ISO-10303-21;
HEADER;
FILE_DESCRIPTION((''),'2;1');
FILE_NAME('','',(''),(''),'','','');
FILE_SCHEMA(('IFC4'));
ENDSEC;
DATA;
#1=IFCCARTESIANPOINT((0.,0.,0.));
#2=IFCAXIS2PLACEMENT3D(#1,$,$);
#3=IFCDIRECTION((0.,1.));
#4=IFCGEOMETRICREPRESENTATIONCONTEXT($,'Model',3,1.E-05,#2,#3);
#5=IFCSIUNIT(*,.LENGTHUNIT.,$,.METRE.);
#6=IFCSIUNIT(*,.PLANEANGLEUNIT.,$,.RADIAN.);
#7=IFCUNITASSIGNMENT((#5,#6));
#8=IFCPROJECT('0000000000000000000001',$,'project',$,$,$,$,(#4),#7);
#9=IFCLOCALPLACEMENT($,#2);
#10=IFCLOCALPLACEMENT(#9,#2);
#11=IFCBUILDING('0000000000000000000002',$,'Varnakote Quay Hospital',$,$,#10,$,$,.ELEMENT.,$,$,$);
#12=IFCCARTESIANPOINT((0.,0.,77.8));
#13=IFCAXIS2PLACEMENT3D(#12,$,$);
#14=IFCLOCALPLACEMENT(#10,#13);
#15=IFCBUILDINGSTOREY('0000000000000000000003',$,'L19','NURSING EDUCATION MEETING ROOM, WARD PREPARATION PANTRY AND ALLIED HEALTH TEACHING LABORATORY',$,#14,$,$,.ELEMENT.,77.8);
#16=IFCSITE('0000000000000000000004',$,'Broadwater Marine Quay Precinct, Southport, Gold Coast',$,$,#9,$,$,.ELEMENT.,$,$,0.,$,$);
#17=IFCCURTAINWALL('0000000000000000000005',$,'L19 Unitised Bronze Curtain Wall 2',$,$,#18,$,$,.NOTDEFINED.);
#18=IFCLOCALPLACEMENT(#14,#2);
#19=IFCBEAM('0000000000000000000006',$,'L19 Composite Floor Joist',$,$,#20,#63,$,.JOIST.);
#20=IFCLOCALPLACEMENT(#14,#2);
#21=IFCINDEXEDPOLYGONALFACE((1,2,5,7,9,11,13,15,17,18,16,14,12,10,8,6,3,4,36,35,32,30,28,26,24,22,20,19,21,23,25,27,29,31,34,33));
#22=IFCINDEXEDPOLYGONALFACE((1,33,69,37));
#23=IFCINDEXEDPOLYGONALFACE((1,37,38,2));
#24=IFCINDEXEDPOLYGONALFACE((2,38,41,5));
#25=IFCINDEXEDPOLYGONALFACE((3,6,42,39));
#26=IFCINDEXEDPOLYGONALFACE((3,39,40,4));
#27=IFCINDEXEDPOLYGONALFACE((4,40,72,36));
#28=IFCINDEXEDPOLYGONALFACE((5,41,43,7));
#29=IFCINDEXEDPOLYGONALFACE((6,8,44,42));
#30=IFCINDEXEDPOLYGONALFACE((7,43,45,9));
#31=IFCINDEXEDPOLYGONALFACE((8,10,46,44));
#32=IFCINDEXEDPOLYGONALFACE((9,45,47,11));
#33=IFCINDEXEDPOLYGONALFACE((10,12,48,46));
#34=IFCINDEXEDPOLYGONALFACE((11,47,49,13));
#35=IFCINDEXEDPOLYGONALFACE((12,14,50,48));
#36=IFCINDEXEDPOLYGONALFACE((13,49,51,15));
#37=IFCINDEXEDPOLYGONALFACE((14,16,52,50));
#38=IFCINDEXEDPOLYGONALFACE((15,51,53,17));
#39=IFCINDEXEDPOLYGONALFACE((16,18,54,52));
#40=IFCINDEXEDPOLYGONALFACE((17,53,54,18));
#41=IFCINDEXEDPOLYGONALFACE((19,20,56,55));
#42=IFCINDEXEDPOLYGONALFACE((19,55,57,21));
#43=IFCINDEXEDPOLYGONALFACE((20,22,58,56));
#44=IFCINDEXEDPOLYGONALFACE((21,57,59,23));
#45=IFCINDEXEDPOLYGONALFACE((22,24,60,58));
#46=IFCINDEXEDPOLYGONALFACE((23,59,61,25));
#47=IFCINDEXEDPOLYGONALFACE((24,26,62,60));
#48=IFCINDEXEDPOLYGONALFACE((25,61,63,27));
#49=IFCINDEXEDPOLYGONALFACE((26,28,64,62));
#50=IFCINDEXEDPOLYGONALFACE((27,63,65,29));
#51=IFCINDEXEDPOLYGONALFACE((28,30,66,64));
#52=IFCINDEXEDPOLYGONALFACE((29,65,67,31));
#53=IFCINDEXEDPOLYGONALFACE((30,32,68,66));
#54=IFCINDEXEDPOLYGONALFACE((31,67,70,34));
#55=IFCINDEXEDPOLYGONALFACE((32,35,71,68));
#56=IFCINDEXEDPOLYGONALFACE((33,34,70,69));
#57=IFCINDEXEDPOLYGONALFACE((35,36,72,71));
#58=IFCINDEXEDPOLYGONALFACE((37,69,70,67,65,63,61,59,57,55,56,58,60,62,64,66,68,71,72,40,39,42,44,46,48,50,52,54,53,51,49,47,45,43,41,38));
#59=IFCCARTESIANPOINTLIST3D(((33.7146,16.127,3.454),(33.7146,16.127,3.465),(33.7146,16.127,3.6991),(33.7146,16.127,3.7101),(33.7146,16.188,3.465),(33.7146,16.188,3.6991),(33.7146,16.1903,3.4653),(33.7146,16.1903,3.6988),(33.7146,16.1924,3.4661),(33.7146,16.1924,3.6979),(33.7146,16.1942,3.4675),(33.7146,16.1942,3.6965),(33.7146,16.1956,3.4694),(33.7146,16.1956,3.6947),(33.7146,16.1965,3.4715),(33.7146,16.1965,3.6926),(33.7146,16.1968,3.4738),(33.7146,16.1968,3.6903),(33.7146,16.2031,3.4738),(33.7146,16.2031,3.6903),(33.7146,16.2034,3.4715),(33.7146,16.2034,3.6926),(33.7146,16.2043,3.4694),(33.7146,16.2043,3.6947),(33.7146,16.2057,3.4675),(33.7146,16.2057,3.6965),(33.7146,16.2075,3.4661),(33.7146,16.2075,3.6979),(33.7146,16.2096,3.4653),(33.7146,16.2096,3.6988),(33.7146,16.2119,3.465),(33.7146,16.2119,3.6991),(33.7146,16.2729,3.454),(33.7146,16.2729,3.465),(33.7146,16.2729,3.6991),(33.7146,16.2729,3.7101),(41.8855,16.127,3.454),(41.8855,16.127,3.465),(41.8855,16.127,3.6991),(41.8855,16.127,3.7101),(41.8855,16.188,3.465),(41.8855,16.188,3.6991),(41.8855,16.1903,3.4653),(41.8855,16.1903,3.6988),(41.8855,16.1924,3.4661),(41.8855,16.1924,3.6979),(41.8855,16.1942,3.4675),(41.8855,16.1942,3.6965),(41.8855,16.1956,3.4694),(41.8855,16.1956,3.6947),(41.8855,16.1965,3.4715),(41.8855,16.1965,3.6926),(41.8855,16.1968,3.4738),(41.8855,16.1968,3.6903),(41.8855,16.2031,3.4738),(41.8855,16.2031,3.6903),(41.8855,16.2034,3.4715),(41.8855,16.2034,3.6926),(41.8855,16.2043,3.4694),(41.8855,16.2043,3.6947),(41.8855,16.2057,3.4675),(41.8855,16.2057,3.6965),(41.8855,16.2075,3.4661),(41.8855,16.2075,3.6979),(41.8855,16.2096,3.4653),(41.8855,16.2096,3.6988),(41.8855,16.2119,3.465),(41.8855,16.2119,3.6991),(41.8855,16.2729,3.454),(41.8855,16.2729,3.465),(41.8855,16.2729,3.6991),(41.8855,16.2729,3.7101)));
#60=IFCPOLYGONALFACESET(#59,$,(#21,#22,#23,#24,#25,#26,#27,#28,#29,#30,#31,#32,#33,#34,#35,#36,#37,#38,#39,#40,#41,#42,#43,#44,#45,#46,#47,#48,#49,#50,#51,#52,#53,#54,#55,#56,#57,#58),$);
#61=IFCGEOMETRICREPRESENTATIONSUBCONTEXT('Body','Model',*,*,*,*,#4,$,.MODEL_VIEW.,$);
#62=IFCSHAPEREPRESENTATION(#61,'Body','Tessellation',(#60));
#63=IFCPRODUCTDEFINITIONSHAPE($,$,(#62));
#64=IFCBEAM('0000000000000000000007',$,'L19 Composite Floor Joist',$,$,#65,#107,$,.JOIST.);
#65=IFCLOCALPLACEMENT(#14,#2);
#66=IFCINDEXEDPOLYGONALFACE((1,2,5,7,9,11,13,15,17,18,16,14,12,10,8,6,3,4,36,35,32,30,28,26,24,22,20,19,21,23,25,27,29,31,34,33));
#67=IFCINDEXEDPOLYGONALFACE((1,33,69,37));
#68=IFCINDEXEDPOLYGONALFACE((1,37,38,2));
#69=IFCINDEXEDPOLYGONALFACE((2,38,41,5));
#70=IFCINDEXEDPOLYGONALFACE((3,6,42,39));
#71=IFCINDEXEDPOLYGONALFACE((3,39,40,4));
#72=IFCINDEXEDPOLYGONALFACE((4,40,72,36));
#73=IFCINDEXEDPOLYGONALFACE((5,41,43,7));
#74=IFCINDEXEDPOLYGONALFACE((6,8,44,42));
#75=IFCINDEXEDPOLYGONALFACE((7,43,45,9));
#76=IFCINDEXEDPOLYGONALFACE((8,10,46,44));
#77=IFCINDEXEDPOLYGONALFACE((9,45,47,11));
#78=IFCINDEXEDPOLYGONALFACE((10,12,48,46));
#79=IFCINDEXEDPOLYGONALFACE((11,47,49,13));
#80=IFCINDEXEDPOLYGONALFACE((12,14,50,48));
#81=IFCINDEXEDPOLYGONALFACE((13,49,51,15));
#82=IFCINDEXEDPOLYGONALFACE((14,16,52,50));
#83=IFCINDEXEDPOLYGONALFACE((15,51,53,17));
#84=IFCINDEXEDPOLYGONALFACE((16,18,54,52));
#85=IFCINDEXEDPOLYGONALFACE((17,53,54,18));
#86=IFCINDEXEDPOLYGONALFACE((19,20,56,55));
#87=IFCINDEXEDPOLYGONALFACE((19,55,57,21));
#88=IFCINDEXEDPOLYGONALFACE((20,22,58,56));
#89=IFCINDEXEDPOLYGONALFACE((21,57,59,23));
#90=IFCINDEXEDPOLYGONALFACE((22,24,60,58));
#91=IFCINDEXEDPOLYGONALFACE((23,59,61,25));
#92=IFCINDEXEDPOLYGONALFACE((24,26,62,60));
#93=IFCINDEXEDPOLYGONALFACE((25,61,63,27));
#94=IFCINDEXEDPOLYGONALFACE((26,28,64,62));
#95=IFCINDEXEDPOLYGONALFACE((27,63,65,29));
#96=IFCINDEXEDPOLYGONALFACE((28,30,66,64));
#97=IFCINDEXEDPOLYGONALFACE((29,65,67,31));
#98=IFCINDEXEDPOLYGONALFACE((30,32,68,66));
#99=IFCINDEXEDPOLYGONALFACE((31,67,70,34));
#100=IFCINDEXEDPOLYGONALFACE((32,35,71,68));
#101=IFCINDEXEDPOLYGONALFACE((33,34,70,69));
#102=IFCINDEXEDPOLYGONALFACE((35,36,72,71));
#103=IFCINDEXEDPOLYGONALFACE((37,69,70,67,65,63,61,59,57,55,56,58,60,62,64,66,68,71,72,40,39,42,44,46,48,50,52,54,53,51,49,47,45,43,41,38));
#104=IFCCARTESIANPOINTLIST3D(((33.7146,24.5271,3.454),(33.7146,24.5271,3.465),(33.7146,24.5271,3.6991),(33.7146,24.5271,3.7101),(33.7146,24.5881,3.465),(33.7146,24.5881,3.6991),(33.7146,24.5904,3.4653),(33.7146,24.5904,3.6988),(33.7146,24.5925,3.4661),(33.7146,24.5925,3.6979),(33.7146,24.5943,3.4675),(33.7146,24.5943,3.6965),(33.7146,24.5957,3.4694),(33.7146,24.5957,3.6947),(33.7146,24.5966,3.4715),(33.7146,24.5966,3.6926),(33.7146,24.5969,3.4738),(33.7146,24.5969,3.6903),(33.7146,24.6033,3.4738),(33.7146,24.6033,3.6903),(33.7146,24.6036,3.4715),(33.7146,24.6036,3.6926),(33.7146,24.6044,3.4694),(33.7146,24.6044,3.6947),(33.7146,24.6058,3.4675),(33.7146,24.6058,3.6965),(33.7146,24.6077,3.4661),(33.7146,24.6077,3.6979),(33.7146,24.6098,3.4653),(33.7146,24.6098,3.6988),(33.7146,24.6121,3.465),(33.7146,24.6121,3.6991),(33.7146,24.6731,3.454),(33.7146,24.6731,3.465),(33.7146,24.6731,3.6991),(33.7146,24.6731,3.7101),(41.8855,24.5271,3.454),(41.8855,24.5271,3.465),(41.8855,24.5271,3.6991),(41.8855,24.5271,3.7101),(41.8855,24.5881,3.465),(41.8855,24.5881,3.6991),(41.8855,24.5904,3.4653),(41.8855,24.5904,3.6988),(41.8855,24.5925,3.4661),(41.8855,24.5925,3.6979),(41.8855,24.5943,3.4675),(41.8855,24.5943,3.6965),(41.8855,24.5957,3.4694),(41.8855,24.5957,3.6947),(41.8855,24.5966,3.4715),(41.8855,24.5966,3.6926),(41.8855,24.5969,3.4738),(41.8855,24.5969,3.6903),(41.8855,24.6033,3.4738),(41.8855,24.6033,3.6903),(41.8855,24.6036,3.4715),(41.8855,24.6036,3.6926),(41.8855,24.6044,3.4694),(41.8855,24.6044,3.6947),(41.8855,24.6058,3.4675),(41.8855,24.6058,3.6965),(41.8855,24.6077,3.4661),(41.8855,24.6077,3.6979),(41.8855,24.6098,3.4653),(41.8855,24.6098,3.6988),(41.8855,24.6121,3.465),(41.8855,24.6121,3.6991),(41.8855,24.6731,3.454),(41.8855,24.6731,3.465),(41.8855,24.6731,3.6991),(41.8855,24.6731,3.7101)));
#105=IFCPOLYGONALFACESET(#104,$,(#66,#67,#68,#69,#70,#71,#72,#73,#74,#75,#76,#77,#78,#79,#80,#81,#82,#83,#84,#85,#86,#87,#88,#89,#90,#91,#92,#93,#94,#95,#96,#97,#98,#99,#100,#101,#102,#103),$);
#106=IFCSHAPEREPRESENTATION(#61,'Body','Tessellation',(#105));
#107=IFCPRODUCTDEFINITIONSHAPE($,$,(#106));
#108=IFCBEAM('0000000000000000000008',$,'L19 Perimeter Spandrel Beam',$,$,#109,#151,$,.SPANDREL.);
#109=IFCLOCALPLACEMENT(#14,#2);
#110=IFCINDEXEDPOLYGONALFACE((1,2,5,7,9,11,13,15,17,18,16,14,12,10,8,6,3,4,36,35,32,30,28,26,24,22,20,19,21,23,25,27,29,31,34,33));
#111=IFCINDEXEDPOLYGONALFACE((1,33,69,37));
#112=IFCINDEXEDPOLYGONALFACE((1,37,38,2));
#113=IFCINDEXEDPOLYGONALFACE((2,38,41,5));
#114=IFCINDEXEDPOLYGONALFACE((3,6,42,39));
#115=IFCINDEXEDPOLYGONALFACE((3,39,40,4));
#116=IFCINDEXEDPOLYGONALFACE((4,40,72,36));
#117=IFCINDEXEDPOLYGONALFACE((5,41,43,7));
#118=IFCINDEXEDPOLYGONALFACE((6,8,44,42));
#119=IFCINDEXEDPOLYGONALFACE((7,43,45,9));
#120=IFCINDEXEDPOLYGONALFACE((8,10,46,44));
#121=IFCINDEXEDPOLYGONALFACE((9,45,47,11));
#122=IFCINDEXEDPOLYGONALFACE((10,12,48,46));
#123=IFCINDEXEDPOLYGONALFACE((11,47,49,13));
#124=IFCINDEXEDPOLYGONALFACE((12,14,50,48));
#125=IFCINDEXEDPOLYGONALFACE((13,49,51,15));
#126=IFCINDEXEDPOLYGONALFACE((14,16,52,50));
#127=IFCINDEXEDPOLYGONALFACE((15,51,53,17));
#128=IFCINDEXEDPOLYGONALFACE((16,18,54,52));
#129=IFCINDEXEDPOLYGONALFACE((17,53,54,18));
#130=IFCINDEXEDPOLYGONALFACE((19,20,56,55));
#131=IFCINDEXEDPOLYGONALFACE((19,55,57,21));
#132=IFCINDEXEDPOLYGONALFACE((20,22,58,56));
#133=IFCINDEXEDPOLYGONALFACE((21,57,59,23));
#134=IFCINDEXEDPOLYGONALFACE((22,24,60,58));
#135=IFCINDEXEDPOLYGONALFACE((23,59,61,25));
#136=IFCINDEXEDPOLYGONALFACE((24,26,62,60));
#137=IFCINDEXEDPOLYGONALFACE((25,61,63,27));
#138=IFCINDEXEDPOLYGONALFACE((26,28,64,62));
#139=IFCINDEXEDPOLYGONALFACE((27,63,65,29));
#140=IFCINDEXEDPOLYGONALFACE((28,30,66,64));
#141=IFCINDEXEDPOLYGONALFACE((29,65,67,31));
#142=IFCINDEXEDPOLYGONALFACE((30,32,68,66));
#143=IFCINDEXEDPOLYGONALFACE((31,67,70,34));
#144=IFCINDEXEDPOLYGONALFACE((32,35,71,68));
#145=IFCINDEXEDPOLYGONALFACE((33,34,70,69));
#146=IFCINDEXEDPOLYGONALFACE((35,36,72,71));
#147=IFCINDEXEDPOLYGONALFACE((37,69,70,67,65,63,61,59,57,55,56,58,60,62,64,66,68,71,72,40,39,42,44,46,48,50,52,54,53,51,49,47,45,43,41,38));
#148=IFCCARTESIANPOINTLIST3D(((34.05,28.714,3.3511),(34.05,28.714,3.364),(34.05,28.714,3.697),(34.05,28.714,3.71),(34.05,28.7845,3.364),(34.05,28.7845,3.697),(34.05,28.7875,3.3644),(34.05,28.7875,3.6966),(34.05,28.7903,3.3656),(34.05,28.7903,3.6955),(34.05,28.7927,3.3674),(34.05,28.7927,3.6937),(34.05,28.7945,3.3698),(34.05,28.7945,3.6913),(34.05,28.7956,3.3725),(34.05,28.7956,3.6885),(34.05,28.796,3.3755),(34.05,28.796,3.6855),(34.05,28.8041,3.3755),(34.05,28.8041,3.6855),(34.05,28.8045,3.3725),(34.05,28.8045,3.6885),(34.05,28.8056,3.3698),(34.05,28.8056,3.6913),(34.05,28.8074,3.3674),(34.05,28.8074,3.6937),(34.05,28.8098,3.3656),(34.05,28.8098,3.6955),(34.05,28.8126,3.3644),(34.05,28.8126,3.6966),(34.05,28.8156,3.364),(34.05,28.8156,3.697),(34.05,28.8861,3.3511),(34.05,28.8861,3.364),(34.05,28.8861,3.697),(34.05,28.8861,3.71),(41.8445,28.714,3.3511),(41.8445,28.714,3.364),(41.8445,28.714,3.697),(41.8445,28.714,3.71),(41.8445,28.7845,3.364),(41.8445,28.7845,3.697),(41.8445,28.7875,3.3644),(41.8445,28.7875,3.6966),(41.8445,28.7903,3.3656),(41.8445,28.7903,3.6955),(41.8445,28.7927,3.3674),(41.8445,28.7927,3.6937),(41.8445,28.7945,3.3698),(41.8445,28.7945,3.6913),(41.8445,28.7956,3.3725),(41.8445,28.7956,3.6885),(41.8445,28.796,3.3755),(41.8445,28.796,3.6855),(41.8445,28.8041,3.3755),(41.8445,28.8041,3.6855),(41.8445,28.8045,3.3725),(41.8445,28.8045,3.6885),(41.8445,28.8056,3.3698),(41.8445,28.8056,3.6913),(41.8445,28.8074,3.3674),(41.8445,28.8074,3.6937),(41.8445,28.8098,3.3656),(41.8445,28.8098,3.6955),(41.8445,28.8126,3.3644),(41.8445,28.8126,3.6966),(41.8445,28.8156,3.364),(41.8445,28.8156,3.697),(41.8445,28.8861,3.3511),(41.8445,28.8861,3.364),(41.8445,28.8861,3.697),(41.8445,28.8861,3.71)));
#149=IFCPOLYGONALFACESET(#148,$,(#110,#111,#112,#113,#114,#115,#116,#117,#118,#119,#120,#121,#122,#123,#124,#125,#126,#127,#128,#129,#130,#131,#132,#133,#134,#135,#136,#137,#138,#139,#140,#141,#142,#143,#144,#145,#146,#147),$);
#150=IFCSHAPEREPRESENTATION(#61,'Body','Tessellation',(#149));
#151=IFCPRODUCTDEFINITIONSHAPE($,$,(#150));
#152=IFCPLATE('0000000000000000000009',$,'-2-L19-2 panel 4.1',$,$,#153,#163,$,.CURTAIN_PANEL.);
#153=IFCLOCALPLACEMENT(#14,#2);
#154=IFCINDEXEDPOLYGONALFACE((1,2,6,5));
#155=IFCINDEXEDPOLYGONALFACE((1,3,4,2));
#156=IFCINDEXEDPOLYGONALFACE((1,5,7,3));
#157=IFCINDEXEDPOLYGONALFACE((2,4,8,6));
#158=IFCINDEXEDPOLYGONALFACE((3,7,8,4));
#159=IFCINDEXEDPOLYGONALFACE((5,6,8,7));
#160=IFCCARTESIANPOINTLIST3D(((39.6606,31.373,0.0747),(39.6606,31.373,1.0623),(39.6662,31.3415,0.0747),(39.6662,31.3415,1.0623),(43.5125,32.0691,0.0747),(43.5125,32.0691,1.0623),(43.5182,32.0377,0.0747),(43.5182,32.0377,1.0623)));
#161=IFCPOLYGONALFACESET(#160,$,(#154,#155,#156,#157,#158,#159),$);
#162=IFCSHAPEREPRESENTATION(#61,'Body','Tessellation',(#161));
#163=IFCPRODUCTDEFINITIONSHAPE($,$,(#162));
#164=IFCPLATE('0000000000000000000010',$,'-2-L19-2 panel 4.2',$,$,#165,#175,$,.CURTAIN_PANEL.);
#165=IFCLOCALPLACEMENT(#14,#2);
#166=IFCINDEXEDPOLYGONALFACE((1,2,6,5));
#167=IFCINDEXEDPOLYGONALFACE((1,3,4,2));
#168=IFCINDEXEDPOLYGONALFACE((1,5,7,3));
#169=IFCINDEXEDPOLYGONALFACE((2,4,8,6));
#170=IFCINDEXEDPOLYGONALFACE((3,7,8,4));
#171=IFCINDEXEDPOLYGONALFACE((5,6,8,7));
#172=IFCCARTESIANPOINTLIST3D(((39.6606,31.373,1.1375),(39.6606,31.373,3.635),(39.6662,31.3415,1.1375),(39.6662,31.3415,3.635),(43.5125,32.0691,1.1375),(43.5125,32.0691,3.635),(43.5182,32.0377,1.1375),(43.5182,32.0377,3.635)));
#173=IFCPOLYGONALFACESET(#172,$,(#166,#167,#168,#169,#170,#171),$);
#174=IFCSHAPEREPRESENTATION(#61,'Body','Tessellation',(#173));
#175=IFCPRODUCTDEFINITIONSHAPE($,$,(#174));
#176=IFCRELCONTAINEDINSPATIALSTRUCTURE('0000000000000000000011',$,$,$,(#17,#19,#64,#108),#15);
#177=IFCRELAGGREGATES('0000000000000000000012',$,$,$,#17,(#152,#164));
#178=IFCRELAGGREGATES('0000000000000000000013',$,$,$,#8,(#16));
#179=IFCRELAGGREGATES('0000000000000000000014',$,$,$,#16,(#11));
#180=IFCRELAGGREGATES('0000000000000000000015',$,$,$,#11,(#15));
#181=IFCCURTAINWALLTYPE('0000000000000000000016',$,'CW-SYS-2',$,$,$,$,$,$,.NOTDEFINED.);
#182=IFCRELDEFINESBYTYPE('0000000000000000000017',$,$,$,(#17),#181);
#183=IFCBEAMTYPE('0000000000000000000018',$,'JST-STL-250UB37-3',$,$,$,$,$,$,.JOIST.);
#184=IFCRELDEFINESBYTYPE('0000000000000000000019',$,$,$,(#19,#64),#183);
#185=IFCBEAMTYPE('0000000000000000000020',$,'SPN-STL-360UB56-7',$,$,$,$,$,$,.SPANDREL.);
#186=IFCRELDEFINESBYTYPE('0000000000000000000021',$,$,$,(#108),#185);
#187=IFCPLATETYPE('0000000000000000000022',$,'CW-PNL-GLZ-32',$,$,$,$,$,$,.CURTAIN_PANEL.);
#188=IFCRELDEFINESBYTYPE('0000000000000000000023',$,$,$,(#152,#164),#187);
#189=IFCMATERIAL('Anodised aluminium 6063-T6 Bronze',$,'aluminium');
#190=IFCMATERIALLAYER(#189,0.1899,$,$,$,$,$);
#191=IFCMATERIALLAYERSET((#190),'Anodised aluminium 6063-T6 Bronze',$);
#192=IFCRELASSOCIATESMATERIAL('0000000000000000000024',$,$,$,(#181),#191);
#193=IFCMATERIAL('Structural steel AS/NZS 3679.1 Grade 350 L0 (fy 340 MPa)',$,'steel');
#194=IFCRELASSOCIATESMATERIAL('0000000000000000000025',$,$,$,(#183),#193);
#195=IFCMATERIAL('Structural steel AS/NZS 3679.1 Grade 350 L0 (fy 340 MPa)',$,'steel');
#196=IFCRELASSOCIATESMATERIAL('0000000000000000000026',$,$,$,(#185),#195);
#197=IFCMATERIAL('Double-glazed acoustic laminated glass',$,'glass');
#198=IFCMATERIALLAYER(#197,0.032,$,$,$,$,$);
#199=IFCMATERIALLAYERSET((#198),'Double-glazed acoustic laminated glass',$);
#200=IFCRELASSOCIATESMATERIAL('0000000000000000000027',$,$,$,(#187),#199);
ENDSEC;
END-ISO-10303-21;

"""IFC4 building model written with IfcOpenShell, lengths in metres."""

from ifc_helpers import new_model, si_unit, direction, frame, origin, origin_2d, place, context, subcontext, project, spatial, rectangle, i_section, extrude, material, layer, layer_set, material_profile, profile_set, type_object, element, aggregate, save


model = new_model("IFC4")

# Units and contexts
model_context = context("Model", 3, precision=1e-05, world=origin(), true_north=direction((0.0, 1.0)))
body_context = subcontext(model_context, "Body", "Model", "MODEL_VIEW")
ifc_project = project(units=[si_unit("LENGTHUNIT", "METRE"), si_unit("PLANEANGLEUNIT", "RADIAN")], contexts=[model_context])

# Site, building, storey
site_placement = place(None, origin())
site = spatial("IfcSite", under=ifc_project, at=site_placement, Name="Broadwater Marine Quay Precinct, Southport, Gold Coast", CompositionType="ELEMENT", RefElevation=0.0)
building_placement = place(site_placement, origin())
building = spatial("IfcBuilding", under=site, at=building_placement, Name="Varnakote Quay Hospital", CompositionType="ELEMENT")
storey_placement = place(building_placement, frame((0.0, 0.0, 77.8)))
storey = spatial("IfcBuildingStorey", under=building, at=storey_placement, Name="L19", Description="NURSING EDUCATION MEETING ROOM, WARD PREPARATION PANTRY AND ALLIED HEALTH TEACHING LABORATORY", CompositionType="ELEMENT", Elevation=77.8)

# Curtain wall
ifc_material_1 = material(Name="Anodised aluminium 6063-T6 Bronze", Category="aluminium")
ifc_layer_1 = layer(ifc_material_1, 0.1899)
ifc_layer_set_1 = layer_set([ifc_layer_1], Name="Anodised aluminium 6063-T6 Bronze")
curtain_wall_type = type_object("IfcCurtainWallType", Name="CW-SYS-2", PredefinedType="NOTDEFINED", material=ifc_layer_set_1)
curtain_wall_placement = place(storey_placement, origin())
curtain_wall = element("IfcCurtainWall", 1, at=curtain_wall_placement, inside=storey, type_object=curtain_wall_type, Name="L19 Unitised Bronze Curtain Wall 2", PredefinedType="NOTDEFINED")

# Beams
ifc_material_2 = material(Name="Structural steel AS/NZS 3679.1 Grade 350 L0 (fy 340 MPa)", Category="steel")
ifc_material_profile_1 = material_profile(ifc_material_2, i_section(OverallWidth=0.146, OverallDepth=0.2561, WebThickness=0.0063, FlangeThickness=0.011, FilletRadius=0.0088, at=origin_2d()), Name="250UB37.3")
ifc_profile_set_1 = profile_set([ifc_material_profile_1], Name="Structural steel AS/NZS 3679.1 Grade 350 L0 (fy 340 MPa)")
beam_type_1 = type_object("IfcBeamType", Name="JST-STL-250UB37-3", PredefinedType="JOIST", material=ifc_profile_set_1)
for number, where, z_axis, x_axis, name in (
    (2, (33.7146, 16.2, 3.582), (1.0, 0.0, 0.0), (0.0, 1.0, 0.0), "L19 Composite Floor Joist"),
    (3, (33.7146, 24.6001, 3.582), (1.0, 0.0, 0.0), (0.0, 1.0, 0.0), "L19 Composite Floor Joist"),
):
    element("IfcBeam", number, at=place(storey_placement, frame(where, z_axis=z_axis, x_axis=x_axis)), inside=storey, type_object=beam_type_1, Name=name, PredefinedType="JOIST", context=body_context, shape_type="SweptSolid", body=[
        extrude(i_section(OverallWidth=0.146, OverallDepth=0.2561, WebThickness=0.0063, FlangeThickness=0.011, FilletRadius=0.0088, at=origin_2d()), origin(), (0.0, 0.0, 1.0), 8.1709),
    ])
ifc_material_3 = material(Name="Structural steel AS/NZS 3679.1 Grade 350 L0 (fy 340 MPa)", Category="steel")
ifc_material_profile_2 = material_profile(ifc_material_3, i_section(OverallWidth=0.1721, OverallDepth=0.3589, WebThickness=0.0081, FlangeThickness=0.0129, FilletRadius=0.0115, at=origin_2d()), Name="360UB56.7")
ifc_profile_set_2 = profile_set([ifc_material_profile_2], Name="Structural steel AS/NZS 3679.1 Grade 350 L0 (fy 340 MPa)")
beam_type_2 = type_object("IfcBeamType", Name="SPN-STL-360UB56-7", PredefinedType="SPANDREL", material=ifc_profile_set_2)
beam_1_placement = place(storey_placement, frame((34.05, 28.8, 3.5305), z_axis=(1.0, 0.0, 0.0), x_axis=(0.0, 1.0, 0.0)))
element("IfcBeam", 4, at=beam_1_placement, inside=storey, type_object=beam_type_2, Name="L19 Perimeter Spandrel Beam", PredefinedType="SPANDREL", context=body_context, shape_type="SweptSolid", body=[
    extrude(i_section(OverallWidth=0.1721, OverallDepth=0.3589, WebThickness=0.0081, FlangeThickness=0.0129, FilletRadius=0.0115, at=origin_2d()), origin(), (0.0, 0.0, 1.0), 7.7944),
])

# Plates
ifc_material_4 = material(Name="Double-glazed acoustic laminated glass", Category="glass")
ifc_layer_2 = layer(ifc_material_4, 0.032)
ifc_layer_set_2 = layer_set([ifc_layer_2], Name="Double-glazed acoustic laminated glass")
plate_type = type_object("IfcPlateType", Name="CW-PNL-GLZ-32", PredefinedType="CURTAIN_PANEL", material=ifc_layer_set_2)
plate_1_placement = place(storey_placement, frame((41.5894, 31.7053, 0.0747), z_axis=(0.0, 0.0, 1.0), x_axis=(-0.984058, -0.177846, 0.0)))
plate_1 = element("IfcPlate", 5, at=plate_1_placement, type_object=plate_type, Name="-2-L19-2 panel 4.1", PredefinedType="CURTAIN_PANEL", context=body_context, shape_type="SweptSolid", body=[
    extrude(rectangle(XDim=3.9143, YDim=0.032, at=origin_2d()), origin(), (0.0, 0.0, 1.0), 0.9875),
])
plate_2_placement = place(storey_placement, frame((41.5894, 31.7053, 1.1375), z_axis=(0.0, 0.0, 1.0), x_axis=(-0.984058, -0.177846, 0.0)))
plate_2 = element("IfcPlate", 6, at=plate_2_placement, type_object=plate_type, Name="-2-L19-2 panel 4.2", PredefinedType="CURTAIN_PANEL", context=body_context, shape_type="SweptSolid", body=[
    extrude(rectangle(XDim=3.9143, YDim=0.032, at=origin_2d()), origin(), (0.0, 0.0, 1.0), 2.4976),
])
aggregate(curtain_wall, [plate_1, plate_2])

save(model, "model.ifc")
